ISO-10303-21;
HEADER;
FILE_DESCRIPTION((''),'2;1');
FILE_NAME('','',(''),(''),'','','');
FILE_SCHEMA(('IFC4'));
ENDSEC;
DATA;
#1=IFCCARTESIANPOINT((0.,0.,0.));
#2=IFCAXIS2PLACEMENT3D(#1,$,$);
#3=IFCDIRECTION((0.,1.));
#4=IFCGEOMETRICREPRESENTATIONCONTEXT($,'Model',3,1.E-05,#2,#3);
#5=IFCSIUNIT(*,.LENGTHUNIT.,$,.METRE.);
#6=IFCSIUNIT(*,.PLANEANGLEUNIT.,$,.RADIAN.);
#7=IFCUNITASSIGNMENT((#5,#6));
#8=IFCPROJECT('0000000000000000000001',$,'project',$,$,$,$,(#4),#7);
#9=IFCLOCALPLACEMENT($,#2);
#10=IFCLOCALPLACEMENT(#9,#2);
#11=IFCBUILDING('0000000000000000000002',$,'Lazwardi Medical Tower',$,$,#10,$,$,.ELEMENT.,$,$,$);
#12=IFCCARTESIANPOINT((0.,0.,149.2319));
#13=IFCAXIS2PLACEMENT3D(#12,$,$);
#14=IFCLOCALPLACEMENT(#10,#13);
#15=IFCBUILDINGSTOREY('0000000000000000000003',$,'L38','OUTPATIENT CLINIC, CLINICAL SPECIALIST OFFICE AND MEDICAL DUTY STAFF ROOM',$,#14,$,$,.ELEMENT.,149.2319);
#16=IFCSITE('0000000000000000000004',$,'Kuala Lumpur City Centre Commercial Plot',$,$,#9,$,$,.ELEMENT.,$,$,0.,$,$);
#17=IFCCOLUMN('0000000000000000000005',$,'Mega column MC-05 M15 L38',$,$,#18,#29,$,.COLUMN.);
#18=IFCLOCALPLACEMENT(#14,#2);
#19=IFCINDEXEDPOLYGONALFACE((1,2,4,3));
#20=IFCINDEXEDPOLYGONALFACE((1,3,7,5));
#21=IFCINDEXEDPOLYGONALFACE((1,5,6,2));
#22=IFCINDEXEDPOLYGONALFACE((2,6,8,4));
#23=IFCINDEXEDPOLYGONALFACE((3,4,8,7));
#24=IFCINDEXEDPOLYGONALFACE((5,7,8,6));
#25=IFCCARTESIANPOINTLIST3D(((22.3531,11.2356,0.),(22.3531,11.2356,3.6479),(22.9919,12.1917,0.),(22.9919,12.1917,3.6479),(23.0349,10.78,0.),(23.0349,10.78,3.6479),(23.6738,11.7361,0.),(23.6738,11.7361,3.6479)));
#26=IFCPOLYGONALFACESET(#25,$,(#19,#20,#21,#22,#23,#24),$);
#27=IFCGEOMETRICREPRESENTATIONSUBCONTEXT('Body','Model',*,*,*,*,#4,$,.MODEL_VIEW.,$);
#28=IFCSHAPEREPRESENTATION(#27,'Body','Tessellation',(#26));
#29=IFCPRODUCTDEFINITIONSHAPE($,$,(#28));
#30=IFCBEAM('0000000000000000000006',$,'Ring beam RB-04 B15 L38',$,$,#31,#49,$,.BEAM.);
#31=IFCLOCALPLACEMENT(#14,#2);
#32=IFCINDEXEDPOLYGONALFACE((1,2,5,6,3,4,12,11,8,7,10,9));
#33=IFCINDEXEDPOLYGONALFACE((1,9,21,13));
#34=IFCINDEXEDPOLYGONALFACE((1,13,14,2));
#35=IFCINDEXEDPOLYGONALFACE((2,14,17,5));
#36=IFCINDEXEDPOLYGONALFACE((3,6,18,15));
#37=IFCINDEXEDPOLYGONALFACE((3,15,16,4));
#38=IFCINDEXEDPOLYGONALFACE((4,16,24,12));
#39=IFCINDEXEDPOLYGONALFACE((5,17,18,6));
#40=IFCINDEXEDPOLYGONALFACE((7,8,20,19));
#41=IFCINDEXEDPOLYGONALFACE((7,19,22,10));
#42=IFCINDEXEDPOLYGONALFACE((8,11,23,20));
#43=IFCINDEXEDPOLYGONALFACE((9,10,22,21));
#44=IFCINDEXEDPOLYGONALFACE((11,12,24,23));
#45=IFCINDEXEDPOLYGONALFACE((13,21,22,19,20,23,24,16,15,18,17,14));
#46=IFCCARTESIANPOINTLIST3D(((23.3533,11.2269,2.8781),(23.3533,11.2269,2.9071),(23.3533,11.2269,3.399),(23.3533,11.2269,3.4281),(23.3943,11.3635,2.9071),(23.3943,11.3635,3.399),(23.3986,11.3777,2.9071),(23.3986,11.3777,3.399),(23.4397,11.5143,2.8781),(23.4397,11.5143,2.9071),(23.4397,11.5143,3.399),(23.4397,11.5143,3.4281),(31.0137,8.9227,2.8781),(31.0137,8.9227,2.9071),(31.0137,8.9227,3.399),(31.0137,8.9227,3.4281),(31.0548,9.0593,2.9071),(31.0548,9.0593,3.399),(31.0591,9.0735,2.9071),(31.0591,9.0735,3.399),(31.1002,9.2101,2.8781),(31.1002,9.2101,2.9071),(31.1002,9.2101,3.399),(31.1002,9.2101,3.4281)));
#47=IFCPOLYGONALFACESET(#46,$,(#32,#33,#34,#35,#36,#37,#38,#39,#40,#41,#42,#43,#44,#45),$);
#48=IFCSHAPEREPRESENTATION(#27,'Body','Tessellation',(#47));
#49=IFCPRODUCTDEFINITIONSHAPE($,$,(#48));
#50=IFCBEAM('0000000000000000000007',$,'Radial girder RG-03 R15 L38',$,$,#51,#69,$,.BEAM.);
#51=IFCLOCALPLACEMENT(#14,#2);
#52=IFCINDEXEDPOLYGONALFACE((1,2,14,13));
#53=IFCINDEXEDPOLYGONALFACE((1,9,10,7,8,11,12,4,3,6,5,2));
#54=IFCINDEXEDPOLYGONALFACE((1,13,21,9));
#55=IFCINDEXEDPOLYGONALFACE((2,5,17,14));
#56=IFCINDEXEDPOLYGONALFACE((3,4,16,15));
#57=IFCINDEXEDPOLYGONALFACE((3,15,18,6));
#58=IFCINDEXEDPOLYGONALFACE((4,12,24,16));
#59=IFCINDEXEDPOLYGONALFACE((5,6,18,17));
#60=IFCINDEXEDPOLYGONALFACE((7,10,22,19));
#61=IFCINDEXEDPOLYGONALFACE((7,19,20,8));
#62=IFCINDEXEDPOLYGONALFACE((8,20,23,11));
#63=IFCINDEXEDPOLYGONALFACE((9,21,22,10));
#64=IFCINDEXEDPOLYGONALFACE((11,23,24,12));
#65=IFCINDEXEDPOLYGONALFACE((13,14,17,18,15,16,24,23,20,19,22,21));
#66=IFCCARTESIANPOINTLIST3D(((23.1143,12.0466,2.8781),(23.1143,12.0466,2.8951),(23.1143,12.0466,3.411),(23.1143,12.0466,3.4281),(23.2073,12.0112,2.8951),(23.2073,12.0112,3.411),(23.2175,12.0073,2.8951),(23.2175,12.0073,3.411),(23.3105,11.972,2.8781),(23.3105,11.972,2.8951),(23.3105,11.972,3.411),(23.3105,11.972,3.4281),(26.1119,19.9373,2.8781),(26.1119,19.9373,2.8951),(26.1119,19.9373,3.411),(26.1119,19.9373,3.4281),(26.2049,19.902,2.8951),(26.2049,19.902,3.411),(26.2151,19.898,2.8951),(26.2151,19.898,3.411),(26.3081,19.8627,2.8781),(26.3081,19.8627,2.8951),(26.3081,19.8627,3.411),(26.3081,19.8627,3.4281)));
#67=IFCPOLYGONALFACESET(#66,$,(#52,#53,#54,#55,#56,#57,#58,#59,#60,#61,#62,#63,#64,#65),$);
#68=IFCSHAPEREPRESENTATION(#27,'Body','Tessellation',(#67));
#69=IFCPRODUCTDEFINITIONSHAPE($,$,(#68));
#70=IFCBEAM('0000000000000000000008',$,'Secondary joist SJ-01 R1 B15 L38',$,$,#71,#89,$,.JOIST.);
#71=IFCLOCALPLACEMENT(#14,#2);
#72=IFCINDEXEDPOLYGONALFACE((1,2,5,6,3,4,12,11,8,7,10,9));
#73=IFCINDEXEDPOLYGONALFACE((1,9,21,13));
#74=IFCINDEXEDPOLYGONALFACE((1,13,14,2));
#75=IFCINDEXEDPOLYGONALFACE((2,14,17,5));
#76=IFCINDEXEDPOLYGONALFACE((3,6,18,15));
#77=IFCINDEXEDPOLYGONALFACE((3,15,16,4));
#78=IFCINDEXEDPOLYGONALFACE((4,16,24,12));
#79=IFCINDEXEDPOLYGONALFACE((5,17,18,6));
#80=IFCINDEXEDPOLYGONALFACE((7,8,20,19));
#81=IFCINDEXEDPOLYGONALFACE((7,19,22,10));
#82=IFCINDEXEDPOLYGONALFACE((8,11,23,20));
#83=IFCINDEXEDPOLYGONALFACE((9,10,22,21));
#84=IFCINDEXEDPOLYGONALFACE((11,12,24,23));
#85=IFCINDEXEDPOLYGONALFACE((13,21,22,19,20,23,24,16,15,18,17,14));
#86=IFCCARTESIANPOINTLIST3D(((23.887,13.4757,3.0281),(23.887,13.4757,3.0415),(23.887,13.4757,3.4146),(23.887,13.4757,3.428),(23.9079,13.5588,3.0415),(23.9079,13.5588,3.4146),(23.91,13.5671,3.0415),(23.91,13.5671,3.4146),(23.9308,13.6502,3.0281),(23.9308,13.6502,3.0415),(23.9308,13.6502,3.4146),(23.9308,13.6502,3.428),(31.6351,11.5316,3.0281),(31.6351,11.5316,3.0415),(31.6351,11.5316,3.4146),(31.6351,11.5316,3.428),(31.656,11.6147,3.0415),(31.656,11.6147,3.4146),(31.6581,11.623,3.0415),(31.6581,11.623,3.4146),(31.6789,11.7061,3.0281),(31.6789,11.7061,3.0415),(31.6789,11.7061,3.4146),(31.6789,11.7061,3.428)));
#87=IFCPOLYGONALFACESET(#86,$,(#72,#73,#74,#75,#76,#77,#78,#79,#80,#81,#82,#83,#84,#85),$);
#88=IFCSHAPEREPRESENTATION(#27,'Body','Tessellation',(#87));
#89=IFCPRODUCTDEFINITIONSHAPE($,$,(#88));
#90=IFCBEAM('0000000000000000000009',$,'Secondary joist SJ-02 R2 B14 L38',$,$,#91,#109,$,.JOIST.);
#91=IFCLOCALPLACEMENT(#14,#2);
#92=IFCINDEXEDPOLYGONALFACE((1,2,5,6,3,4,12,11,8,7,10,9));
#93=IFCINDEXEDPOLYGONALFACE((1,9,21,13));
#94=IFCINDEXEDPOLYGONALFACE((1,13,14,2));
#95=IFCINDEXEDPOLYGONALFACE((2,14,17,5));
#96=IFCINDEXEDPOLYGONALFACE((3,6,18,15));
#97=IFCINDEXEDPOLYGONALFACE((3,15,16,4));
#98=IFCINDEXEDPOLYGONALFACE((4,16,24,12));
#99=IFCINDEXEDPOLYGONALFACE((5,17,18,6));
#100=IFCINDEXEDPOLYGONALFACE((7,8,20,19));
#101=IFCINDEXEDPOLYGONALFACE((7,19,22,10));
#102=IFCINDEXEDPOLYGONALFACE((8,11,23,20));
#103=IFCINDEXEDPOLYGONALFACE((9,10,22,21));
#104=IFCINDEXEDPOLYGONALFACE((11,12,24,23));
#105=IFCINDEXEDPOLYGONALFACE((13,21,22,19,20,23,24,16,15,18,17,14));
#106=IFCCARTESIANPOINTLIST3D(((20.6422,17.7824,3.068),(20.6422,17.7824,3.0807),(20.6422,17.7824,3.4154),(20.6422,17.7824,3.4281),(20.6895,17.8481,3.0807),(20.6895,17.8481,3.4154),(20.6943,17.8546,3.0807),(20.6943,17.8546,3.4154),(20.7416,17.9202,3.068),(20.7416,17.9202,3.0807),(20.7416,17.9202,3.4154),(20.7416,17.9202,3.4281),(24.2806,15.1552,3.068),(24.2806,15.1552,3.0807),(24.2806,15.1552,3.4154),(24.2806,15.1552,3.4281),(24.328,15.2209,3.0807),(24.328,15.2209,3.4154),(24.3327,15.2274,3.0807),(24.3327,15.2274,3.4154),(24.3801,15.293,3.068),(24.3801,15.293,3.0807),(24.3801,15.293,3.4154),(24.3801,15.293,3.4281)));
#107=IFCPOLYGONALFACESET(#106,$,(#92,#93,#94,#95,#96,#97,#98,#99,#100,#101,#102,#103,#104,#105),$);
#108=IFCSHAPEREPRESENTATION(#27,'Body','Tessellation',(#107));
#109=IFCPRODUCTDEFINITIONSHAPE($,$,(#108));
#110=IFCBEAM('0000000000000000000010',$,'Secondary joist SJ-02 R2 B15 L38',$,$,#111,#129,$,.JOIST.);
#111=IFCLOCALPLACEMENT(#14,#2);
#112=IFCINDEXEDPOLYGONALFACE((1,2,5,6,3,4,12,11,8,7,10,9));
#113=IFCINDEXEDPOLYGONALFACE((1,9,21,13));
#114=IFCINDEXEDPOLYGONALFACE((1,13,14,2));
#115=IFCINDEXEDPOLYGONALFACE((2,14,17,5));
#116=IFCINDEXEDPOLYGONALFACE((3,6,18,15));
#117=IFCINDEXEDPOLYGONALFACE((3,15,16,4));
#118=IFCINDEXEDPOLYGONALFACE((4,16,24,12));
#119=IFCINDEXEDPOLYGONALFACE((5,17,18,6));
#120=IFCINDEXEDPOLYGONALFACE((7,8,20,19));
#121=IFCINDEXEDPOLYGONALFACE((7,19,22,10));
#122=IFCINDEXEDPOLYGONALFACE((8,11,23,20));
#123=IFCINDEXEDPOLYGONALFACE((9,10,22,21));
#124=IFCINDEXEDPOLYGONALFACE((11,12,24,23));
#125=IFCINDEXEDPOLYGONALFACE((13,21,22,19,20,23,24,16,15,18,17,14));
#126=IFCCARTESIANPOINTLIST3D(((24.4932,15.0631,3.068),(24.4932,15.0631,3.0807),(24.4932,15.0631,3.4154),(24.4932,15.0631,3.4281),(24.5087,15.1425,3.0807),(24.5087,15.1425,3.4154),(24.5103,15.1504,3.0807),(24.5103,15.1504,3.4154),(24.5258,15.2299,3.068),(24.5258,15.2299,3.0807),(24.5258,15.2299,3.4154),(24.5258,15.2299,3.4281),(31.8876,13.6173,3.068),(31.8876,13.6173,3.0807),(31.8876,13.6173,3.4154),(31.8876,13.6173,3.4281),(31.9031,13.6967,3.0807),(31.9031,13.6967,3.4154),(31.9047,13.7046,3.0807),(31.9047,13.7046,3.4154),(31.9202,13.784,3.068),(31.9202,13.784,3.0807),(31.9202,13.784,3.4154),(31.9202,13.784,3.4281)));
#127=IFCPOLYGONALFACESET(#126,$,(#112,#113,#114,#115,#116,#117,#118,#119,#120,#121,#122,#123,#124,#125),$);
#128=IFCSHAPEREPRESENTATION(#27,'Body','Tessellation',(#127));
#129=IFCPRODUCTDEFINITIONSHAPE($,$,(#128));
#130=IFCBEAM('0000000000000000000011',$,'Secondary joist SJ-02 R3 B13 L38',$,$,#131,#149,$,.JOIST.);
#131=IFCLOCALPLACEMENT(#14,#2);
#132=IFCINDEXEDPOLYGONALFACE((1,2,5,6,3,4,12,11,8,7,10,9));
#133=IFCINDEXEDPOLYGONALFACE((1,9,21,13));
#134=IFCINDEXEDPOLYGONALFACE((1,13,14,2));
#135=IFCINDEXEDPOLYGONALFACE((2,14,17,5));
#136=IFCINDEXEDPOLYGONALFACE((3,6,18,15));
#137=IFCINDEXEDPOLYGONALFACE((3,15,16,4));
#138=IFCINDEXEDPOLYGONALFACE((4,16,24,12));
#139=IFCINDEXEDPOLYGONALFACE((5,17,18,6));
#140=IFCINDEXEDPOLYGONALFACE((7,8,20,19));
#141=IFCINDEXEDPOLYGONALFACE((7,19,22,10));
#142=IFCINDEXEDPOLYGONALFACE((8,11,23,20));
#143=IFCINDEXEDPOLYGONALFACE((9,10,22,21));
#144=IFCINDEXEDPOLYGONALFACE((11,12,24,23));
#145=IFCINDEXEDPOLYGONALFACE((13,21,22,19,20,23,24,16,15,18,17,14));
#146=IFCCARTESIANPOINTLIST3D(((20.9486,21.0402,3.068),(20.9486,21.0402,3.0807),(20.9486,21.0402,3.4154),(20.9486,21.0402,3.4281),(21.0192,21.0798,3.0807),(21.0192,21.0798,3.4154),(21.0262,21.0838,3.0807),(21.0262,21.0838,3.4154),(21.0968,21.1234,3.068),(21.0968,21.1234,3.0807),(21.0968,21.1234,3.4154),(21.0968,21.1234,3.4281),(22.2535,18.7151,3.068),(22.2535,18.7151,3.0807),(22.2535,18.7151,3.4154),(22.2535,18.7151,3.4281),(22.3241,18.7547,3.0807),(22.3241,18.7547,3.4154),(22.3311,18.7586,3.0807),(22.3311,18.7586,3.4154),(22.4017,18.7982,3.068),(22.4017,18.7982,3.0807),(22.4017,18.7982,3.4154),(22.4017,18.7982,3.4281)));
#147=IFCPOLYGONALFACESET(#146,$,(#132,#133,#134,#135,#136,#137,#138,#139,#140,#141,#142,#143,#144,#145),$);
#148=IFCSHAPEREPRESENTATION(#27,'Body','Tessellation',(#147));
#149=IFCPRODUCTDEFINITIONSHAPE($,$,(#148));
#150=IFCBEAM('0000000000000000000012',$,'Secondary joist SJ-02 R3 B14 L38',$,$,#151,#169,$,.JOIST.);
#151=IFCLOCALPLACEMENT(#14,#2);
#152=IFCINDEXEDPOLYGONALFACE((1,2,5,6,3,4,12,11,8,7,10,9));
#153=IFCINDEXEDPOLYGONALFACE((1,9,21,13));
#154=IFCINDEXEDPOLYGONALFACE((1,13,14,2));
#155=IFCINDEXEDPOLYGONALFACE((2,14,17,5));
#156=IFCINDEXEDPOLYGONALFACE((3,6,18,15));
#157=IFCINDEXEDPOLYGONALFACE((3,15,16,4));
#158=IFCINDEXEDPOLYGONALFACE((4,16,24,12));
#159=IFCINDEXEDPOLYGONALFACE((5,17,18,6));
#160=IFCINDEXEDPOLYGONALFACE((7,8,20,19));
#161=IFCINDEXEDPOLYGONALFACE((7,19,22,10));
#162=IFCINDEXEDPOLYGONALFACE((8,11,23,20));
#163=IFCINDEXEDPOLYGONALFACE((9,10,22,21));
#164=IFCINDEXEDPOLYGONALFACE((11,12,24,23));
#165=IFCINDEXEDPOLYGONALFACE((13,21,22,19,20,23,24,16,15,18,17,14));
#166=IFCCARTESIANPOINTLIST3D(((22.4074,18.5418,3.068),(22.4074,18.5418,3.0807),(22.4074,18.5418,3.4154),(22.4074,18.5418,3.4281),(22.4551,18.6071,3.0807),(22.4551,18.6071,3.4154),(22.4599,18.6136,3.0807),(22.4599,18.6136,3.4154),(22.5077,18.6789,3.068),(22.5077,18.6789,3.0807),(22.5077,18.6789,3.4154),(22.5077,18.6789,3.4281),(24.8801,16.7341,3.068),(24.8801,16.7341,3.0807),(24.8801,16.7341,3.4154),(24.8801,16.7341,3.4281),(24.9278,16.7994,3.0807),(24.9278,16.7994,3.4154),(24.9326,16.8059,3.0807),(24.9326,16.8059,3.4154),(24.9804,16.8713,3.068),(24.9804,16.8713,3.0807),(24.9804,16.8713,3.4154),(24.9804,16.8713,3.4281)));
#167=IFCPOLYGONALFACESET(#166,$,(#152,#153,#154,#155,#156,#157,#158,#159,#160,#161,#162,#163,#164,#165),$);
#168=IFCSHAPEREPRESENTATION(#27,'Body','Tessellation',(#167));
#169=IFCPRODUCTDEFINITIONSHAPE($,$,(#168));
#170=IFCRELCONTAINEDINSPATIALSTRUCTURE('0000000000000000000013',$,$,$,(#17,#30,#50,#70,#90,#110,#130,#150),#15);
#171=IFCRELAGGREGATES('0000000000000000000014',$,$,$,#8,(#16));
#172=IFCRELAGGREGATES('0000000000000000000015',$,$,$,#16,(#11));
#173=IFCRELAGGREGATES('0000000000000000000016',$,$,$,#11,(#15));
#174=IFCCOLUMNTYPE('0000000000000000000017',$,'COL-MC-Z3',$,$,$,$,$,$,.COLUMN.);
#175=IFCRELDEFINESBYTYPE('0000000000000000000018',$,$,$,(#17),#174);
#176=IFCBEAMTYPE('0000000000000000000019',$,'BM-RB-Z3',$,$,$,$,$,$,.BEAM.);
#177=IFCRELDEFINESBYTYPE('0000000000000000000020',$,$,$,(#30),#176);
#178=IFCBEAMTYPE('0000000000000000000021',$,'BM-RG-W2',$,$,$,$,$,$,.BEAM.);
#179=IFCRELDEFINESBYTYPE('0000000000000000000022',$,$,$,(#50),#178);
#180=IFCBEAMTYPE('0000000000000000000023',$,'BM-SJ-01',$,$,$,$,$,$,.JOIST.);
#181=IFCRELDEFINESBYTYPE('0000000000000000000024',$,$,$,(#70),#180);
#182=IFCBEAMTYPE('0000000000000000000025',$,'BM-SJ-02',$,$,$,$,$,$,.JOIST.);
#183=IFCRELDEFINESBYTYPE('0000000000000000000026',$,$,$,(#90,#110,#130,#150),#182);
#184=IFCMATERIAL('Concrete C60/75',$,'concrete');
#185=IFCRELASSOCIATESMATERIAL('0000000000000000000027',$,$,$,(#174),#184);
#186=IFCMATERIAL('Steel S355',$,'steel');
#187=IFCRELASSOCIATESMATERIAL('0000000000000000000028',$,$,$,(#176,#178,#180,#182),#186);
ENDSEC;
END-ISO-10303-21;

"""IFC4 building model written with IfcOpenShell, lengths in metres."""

from ifc_helpers import new_model, si_unit, direction, frame, origin, origin_2d, place, context, subcontext, project, spatial, rectangle, i_section, extrude, material, material_profile, profile_set, type_object, element, save


model = new_model("IFC4")

# Units and contexts
model_context = context("Model", 3, precision=1e-05, world=origin(), true_north=direction((0.0, 1.0)))
body_context = subcontext(model_context, "Body", "Model", "MODEL_VIEW")
ifc_project = project(units=[si_unit("LENGTHUNIT", "METRE"), si_unit("PLANEANGLEUNIT", "RADIAN")], contexts=[model_context])

# Site, building, storey
site_placement = place(None, origin())
site = spatial("IfcSite", under=ifc_project, at=site_placement, Name="Kuala Lumpur City Centre Commercial Plot", CompositionType="ELEMENT", RefElevation=0.0)
building_placement = place(site_placement, origin())
building = spatial("IfcBuilding", under=site, at=building_placement, Name="Lazwardi Medical Tower", CompositionType="ELEMENT")
storey_placement = place(building_placement, frame((0.0, 0.0, 149.2319)))
storey = spatial("IfcBuildingStorey", under=building, at=storey_placement, Name="L38", Description="OUTPATIENT CLINIC, CLINICAL SPECIALIST OFFICE AND MEDICAL DUTY STAFF ROOM", CompositionType="ELEMENT", Elevation=149.2319)

# Column
ifc_material_1 = material(Name="Concrete C60/75", Category="concrete")
ifc_material_profile_1 = material_profile(ifc_material_1, rectangle(XDim=1.1499, YDim=0.8201, at=origin_2d()), Name="CFT-RECT 1150x820")
ifc_profile_set_1 = profile_set([ifc_material_profile_1], Name="Concrete C60/75")
column_type = type_object("IfcColumnType", Name="COL-MC-Z3", PredefinedType="COLUMN", material=ifc_profile_set_1)
column_placement = place(storey_placement, frame((23.0134, 11.4858, 0.0), z_axis=(0.0, 0.0, 1.0), x_axis=(-0.55557, -0.83147, 0.0)))
element("IfcColumn", 1, at=column_placement, inside=storey, type_object=column_type, Name="Mega column MC-05 M15 L38", PredefinedType="COLUMN", context=body_context, shape_type="SweptSolid", body=[
    extrude(rectangle(XDim=1.1499, YDim=0.8201, at=origin_2d()), origin(), (0.0, 0.0, 1.0), 3.6479),
])

# Beams
ifc_material_2 = material(Name="Steel S355", Category="steel")
ifc_material_profile_2 = material_profile(ifc_material_2, i_section(OverallWidth=0.3, OverallDepth=0.55, WebThickness=0.0149, FlangeThickness=0.0291, at=origin_2d()), Name="HEB 550")
ifc_profile_set_2 = profile_set([ifc_material_profile_2], Name="Steel S355")
beam_type_1 = type_object("IfcBeamType", Name="BM-RB-Z3", PredefinedType="BEAM", material=ifc_profile_set_2)
beam_1_placement = place(storey_placement, frame((23.3965, 11.3706, 3.1531), z_axis=(0.957617, -0.288045, 0.0), x_axis=(0.288045, 0.957617, 0.0)))
element("IfcBeam", 2, at=beam_1_placement, inside=storey, type_object=beam_type_1, Name="Ring beam RB-04 B15 L38", PredefinedType="BEAM", context=body_context, shape_type="SweptSolid", body=[
    extrude(i_section(OverallWidth=0.3, OverallDepth=0.55, WebThickness=0.0149, FlangeThickness=0.0291, at=origin_2d()), origin(), (0.0, 0.0, 1.0), 7.9995),
])
ifc_material_profile_3 = material_profile(ifc_material_2, i_section(OverallWidth=0.21, OverallDepth=0.55, WebThickness=0.011, FlangeThickness=0.0171, at=origin_2d()), Name="IPE 550")
ifc_profile_set_3 = profile_set([ifc_material_profile_3], Name="Steel S355")
beam_type_2 = type_object("IfcBeamType", Name="BM-RG-W2", PredefinedType="BEAM", material=ifc_profile_set_3)
beam_2_placement = place(storey_placement, frame((23.2124, 12.0093, 3.1531), z_axis=(0.355127, 0.934818, 0.0), x_axis=(-0.934818, 0.355127, 0.0)))
element("IfcBeam", 3, at=beam_2_placement, inside=storey, type_object=beam_type_2, Name="Radial girder RG-03 R15 L38", PredefinedType="BEAM", context=body_context, shape_type="SweptSolid", body=[
    extrude(i_section(OverallWidth=0.21, OverallDepth=0.55, WebThickness=0.011, FlangeThickness=0.0171, at=origin_2d()), origin(), (0.0, 0.0, 1.0), 8.4409),
])
ifc_material_profile_4 = material_profile(ifc_material_2, i_section(OverallWidth=0.1799, OverallDepth=0.3999, WebThickness=0.0085, FlangeThickness=0.0134, at=origin_2d()), Name="IPE 400")
ifc_profile_set_4 = profile_set([ifc_material_profile_4], Name="Steel S355")
beam_type_3 = type_object("IfcBeamType", Name="BM-SJ-01", PredefinedType="JOIST", material=ifc_profile_set_4)
beam_3_placement = place(storey_placement, frame((23.9089, 13.563, 3.228), z_axis=(0.969934, -0.24337, 0.0), x_axis=(0.24337, 0.969934, 0.0)))
element("IfcBeam", 4, at=beam_3_placement, inside=storey, type_object=beam_type_3, Name="Secondary joist SJ-01 R1 B15 L38", PredefinedType="JOIST", context=body_context, shape_type="SweptSolid", body=[
    extrude(i_section(OverallWidth=0.1799, OverallDepth=0.3999, WebThickness=0.0085, FlangeThickness=0.0134, at=origin_2d()), origin(), (0.0, 0.0, 1.0), 7.9883),
])
ifc_material_profile_5 = material_profile(ifc_material_2, i_section(OverallWidth=0.1699, OverallDepth=0.3601, WebThickness=0.0081, FlangeThickness=0.0127, at=origin_2d()), Name="IPE 360")
ifc_profile_set_5 = profile_set([ifc_material_profile_5], Name="Steel S355")
beam_type_4 = type_object("IfcBeamType", Name="BM-SJ-02", PredefinedType="JOIST", material=ifc_profile_set_5)
beam_4_placement = place(storey_placement, frame((20.6919, 17.8513, 3.248), z_axis=(0.810738, -0.585409, 0.0), x_axis=(0.585409, 0.810738, 0.0)))
element("IfcBeam", 5, at=beam_4_placement, inside=storey, type_object=beam_type_4, Name="Secondary joist SJ-02 R2 B14 L38", PredefinedType="JOIST", context=body_context, shape_type="SweptSolid", body=[
    extrude(i_section(OverallWidth=0.1699, OverallDepth=0.3601, WebThickness=0.0081, FlangeThickness=0.0127, at=origin_2d()), origin(), (0.0, 0.0, 1.0), 4.4878),
])
beam_5_placement = place(storey_placement, frame((24.5095, 15.1465, 3.248), z_axis=(0.981415, -0.191896, 0.0), x_axis=(0.191896, 0.981415, 0.0)))
element("IfcBeam", 6, at=beam_5_placement, inside=storey, type_object=beam_type_4, Name="Secondary joist SJ-02 R2 B15 L38", PredefinedType="JOIST", context=body_context, shape_type="SweptSolid", body=[
    extrude(i_section(OverallWidth=0.1699, OverallDepth=0.3601, WebThickness=0.0081, FlangeThickness=0.0127, at=origin_2d()), origin(), (0.0, 0.0, 1.0), 7.5344),
])
beam_6_placement = place(storey_placement, frame((21.0227, 21.0818, 3.248), z_axis=(0.489409, -0.872054, 0.0), x_axis=(0.872054, 0.489409, 0.0)))
element("IfcBeam", 7, at=beam_6_placement, inside=storey, type_object=beam_type_4, Name="Secondary joist SJ-02 R3 B13 L38", PredefinedType="JOIST", context=body_context, shape_type="SweptSolid", body=[
    extrude(i_section(OverallWidth=0.1699, OverallDepth=0.3601, WebThickness=0.0081, FlangeThickness=0.0127, at=origin_2d()), origin(), (0.0, 0.0, 1.0), 2.6663),
])
beam_7_placement = place(storey_placement, frame((22.4575, 18.6104, 3.248), z_axis=(0.807286, -0.59016, 0.0), x_axis=(0.59016, 0.807286, 0.0)))
element("IfcBeam", 8, at=beam_7_placement, inside=storey, type_object=beam_type_4, Name="Secondary joist SJ-02 R3 B14 L38", PredefinedType="JOIST", context=body_context, shape_type="SweptSolid", body=[
    extrude(i_section(OverallWidth=0.1699, OverallDepth=0.3601, WebThickness=0.0081, FlangeThickness=0.0127, at=origin_2d()), origin(), (0.0, 0.0, 1.0), 3.063),
])

save(model, "model.ifc")
